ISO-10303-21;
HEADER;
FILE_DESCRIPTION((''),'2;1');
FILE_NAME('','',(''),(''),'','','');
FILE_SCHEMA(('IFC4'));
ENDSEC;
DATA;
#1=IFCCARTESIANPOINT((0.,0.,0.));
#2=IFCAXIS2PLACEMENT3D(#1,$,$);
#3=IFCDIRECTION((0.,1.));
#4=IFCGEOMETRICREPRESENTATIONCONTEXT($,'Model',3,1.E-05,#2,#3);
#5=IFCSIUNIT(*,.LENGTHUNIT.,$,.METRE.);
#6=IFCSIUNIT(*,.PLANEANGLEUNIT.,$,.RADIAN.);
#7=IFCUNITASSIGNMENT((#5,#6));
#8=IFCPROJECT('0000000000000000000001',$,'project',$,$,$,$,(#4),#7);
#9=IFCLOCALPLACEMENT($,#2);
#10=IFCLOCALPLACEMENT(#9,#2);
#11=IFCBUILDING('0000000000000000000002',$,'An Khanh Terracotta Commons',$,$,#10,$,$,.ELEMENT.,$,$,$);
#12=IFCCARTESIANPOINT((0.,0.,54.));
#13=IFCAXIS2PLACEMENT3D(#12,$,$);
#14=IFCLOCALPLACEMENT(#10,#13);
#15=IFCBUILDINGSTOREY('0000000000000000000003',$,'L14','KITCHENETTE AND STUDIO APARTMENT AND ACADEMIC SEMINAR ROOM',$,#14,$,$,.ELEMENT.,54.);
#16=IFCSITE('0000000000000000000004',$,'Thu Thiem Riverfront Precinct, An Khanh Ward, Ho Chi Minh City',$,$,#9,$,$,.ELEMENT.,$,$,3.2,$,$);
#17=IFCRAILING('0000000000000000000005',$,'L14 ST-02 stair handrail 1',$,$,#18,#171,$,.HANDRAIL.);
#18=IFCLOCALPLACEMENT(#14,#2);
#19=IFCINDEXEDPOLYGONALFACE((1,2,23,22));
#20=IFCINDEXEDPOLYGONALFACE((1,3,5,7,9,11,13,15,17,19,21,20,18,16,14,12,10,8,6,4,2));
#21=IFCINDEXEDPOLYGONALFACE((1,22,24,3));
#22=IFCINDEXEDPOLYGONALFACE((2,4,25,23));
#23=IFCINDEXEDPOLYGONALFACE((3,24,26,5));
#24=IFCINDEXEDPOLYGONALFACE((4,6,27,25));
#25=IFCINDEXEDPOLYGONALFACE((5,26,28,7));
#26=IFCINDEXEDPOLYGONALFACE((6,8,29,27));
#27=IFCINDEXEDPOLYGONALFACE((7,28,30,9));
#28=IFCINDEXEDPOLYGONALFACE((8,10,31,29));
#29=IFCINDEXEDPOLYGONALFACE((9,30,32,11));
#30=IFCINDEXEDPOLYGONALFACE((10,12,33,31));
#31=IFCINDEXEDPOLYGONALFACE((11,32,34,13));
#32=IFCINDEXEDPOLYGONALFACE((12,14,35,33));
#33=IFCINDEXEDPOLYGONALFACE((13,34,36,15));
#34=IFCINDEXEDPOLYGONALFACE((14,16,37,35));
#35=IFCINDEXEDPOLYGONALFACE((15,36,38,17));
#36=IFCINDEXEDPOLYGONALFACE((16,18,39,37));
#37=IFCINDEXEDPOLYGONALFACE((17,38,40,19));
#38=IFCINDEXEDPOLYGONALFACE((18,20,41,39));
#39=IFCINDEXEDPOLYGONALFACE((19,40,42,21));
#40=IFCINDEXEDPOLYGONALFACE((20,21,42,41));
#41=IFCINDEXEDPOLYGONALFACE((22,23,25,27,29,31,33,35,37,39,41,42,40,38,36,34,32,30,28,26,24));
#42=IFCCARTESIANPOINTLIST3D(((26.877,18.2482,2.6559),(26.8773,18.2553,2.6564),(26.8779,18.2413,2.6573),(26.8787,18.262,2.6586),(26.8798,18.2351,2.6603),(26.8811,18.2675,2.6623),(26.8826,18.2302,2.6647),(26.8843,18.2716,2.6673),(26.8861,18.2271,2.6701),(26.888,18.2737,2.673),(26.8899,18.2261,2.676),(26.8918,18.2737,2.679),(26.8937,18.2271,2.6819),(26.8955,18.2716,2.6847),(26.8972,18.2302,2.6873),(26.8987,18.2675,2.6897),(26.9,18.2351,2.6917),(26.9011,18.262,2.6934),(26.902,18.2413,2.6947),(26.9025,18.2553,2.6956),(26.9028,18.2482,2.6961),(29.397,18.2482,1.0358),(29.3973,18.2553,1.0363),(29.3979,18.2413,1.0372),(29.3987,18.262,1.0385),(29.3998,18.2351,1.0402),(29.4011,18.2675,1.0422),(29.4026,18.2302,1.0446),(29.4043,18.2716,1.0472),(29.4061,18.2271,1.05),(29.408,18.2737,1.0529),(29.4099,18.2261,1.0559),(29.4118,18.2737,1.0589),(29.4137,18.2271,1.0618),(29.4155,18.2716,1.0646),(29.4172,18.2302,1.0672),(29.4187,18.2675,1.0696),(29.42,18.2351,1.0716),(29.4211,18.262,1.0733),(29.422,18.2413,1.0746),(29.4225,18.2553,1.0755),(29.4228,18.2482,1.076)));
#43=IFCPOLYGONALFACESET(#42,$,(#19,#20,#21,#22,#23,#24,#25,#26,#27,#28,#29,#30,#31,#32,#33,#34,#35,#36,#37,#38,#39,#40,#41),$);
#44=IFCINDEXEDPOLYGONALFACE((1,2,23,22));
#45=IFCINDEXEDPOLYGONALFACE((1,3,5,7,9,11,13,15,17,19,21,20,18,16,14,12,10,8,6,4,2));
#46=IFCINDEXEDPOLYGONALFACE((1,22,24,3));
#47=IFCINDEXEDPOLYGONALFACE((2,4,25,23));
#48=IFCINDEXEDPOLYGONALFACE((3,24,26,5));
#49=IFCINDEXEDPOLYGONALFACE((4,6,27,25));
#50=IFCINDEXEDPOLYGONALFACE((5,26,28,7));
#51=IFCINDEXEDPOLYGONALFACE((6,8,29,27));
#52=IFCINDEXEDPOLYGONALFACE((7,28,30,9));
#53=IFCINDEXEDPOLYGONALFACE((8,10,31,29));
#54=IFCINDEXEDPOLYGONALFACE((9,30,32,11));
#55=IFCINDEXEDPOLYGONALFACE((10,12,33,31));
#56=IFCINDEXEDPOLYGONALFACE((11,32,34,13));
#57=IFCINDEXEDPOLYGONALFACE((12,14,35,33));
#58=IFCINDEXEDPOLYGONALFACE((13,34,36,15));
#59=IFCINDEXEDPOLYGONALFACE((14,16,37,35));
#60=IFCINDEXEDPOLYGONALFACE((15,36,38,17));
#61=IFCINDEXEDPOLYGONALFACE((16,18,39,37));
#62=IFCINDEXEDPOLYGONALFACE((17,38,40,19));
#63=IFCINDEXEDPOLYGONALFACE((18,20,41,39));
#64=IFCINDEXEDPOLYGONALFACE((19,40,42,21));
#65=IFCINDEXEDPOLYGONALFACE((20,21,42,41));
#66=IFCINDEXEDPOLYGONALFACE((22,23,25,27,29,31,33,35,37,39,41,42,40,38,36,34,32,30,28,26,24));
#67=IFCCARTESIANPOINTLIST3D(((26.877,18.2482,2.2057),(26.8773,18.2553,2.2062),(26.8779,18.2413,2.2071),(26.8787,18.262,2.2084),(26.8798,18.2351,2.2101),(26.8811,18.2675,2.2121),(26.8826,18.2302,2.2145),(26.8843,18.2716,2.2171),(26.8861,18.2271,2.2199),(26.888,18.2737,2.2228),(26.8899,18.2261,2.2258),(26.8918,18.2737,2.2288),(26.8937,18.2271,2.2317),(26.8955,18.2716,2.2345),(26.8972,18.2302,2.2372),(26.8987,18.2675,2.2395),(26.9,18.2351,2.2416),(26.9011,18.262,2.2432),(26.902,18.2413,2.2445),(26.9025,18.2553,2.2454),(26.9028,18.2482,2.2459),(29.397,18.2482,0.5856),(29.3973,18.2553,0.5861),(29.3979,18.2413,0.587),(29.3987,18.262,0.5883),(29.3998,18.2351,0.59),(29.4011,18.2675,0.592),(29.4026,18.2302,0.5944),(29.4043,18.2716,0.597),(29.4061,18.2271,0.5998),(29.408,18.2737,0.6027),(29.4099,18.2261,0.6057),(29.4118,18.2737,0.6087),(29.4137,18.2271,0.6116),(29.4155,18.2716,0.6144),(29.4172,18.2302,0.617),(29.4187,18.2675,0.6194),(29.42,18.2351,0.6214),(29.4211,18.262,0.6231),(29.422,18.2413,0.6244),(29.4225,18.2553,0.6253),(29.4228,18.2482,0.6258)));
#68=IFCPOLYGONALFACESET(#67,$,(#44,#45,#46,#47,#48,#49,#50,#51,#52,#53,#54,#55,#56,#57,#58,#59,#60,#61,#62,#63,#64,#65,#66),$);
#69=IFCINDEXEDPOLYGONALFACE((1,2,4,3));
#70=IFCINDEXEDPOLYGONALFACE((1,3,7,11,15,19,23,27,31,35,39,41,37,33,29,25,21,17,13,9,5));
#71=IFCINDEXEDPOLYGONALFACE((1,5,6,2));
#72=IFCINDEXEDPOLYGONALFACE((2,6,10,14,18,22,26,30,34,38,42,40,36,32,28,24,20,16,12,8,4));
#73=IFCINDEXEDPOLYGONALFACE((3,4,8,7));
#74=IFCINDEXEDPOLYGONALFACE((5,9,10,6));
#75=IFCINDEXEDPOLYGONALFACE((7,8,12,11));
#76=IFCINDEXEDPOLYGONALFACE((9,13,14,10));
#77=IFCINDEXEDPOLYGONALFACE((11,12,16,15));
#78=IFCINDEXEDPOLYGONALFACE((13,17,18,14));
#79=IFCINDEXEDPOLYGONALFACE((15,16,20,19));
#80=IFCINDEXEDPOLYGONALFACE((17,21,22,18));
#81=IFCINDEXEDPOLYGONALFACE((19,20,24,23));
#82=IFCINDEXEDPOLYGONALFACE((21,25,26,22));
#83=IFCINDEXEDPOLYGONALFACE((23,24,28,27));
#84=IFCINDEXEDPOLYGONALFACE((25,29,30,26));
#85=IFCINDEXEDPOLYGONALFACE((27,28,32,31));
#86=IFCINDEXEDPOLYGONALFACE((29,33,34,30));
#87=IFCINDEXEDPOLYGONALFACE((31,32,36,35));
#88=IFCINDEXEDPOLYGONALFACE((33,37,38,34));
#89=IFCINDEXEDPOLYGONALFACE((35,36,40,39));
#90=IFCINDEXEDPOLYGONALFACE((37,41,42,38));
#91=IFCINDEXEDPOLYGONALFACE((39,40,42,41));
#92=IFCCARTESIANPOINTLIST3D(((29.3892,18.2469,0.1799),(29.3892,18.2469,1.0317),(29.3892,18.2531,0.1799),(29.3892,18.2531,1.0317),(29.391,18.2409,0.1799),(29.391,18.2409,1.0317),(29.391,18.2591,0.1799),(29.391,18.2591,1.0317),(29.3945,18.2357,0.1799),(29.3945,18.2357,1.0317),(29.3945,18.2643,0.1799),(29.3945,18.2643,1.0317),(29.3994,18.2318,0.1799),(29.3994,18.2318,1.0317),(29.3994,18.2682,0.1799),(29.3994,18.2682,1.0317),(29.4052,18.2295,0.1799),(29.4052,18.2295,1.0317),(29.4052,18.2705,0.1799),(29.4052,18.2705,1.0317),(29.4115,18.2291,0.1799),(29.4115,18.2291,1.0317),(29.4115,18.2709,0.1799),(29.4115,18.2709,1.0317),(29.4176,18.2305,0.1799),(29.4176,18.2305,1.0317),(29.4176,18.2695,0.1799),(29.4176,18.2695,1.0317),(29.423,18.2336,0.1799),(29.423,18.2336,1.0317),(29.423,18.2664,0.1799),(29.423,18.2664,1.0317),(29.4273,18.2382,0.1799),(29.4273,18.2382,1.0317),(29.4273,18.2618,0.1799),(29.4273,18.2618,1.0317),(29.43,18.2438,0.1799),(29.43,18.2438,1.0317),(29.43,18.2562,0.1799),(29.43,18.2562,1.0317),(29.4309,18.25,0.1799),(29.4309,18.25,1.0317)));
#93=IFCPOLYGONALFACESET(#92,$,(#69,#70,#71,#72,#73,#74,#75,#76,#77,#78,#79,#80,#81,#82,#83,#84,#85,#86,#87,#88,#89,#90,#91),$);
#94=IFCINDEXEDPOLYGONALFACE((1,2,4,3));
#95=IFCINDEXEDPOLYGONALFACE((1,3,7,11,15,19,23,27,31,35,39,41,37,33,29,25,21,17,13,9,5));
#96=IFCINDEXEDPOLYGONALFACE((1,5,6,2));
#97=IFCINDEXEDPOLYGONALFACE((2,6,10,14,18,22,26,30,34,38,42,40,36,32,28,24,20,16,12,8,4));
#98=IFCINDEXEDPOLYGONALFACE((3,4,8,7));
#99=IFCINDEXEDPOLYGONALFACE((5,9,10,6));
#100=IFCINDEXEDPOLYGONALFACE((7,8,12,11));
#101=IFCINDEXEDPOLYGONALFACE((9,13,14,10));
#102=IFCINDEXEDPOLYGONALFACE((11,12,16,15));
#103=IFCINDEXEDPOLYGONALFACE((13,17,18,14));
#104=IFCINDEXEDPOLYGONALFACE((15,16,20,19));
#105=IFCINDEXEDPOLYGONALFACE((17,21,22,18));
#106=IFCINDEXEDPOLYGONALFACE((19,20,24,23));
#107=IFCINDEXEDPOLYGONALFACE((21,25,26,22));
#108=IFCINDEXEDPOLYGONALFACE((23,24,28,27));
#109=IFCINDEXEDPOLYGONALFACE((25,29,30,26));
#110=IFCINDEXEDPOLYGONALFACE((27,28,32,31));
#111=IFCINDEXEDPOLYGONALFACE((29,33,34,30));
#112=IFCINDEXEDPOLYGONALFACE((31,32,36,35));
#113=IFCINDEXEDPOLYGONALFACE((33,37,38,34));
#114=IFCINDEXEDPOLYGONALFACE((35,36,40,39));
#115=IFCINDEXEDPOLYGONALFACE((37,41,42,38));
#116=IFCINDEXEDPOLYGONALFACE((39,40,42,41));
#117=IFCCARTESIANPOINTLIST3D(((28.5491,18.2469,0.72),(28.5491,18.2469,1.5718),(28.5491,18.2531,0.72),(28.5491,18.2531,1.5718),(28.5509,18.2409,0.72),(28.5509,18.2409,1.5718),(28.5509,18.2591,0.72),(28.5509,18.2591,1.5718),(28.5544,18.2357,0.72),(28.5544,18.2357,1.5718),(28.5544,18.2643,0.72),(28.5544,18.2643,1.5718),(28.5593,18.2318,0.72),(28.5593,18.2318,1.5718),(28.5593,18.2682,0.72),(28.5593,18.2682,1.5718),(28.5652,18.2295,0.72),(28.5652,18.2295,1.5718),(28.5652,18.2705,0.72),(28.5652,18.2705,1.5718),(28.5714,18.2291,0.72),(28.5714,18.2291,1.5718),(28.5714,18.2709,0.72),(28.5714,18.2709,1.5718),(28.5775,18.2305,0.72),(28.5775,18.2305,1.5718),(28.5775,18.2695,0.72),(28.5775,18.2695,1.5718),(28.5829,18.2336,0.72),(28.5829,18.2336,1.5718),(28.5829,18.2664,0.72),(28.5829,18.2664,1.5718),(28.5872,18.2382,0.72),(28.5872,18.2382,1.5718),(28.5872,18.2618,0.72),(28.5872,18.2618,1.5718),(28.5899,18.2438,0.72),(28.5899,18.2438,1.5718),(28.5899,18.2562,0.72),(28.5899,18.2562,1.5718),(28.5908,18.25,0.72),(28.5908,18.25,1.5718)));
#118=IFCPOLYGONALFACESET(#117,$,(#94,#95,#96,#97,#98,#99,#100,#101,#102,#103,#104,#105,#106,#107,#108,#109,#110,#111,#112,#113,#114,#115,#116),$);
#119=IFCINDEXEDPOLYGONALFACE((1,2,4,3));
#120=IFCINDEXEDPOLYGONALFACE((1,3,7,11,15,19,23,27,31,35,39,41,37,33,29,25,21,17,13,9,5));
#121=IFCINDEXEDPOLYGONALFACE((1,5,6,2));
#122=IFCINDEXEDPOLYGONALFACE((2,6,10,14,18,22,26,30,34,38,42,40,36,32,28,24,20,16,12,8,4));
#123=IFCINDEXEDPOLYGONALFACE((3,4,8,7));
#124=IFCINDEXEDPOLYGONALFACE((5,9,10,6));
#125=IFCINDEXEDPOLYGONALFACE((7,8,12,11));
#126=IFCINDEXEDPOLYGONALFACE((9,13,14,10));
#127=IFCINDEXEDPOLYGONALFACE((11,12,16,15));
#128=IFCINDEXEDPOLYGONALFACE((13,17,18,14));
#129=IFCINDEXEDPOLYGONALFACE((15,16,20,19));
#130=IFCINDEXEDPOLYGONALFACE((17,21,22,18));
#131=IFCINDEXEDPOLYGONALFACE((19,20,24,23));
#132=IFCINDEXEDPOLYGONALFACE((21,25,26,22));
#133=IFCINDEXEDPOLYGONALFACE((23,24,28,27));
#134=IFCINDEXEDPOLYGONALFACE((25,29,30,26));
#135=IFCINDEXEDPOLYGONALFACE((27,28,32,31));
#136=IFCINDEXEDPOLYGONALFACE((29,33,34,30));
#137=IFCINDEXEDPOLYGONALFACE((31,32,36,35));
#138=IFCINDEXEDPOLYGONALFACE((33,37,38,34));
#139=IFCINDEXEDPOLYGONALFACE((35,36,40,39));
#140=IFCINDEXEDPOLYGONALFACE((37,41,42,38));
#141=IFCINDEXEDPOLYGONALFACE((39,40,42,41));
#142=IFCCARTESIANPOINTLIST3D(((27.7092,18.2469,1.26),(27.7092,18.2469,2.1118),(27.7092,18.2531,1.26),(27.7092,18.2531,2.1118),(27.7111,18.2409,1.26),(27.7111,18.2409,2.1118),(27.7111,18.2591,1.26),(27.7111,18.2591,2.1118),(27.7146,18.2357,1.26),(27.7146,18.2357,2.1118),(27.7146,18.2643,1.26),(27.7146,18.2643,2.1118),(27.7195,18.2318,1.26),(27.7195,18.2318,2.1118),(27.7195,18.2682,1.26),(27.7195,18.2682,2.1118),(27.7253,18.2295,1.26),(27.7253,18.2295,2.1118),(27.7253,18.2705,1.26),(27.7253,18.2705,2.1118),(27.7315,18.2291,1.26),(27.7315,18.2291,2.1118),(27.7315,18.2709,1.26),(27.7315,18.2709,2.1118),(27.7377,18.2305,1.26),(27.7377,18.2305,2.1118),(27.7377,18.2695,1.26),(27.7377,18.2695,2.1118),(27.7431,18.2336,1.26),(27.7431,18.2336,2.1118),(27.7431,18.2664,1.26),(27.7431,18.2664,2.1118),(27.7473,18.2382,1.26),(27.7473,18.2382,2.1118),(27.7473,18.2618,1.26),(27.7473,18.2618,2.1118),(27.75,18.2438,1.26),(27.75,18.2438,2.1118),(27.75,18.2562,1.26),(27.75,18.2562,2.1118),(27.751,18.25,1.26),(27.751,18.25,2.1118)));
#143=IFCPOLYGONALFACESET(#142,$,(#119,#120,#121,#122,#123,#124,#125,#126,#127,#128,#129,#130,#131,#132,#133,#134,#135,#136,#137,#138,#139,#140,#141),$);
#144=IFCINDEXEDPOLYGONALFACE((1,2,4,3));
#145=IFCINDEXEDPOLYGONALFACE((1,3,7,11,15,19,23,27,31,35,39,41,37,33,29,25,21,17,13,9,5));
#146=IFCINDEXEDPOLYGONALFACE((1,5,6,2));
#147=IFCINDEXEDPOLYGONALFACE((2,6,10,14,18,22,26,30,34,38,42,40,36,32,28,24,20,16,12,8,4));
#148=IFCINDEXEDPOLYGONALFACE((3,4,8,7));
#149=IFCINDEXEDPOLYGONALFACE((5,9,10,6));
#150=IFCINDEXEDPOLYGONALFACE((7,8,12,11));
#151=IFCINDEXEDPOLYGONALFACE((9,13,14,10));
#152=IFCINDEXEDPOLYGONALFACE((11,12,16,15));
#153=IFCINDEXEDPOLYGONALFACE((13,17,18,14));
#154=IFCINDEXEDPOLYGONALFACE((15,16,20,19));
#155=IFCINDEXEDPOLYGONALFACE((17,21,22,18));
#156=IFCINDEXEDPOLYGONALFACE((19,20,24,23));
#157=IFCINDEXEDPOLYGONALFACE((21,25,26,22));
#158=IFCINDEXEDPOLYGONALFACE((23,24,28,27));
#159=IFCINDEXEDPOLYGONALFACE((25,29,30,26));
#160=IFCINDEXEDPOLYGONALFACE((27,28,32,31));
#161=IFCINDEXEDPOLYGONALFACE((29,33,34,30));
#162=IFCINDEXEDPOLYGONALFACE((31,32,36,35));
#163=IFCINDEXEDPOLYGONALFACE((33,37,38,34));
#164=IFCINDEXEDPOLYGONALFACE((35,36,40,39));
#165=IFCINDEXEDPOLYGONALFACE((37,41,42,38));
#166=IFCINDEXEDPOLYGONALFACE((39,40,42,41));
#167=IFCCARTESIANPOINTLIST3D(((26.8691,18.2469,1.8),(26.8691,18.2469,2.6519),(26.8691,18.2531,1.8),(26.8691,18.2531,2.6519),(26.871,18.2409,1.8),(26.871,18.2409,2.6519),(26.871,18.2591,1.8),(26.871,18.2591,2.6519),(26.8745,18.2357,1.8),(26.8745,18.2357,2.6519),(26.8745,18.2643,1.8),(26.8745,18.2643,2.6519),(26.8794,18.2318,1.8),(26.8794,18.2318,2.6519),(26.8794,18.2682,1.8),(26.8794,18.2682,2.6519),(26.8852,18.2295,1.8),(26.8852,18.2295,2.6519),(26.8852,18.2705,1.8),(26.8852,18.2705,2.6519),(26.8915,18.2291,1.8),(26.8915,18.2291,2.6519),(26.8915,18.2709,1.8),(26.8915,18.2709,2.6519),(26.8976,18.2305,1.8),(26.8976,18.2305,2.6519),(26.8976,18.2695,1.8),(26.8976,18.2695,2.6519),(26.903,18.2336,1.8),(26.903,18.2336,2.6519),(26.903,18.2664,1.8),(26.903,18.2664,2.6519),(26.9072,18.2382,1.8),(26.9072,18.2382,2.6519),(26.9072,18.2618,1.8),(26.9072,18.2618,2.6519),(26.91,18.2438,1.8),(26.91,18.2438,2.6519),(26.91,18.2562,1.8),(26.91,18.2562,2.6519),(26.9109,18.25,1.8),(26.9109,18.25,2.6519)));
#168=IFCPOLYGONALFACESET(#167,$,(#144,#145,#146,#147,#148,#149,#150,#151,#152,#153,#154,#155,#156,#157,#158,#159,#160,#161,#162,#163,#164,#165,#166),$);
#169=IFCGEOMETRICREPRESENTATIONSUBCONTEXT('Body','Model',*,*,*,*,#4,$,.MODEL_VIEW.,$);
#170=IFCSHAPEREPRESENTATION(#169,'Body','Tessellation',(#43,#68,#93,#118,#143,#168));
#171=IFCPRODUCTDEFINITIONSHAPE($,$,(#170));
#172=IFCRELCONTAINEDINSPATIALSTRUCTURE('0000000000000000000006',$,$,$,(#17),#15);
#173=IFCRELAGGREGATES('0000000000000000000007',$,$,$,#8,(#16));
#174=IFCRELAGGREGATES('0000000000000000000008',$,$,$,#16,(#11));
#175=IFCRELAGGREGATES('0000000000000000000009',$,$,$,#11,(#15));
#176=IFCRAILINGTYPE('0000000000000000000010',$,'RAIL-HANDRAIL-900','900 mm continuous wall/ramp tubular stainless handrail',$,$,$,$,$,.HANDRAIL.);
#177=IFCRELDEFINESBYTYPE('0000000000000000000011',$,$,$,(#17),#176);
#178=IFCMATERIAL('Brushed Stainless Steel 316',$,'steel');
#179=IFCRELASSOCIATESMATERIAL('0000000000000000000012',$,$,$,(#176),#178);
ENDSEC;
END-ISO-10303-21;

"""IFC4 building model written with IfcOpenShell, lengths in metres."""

from ifc_helpers import new_model, si_unit, direction, frame, origin, origin_2d, place, context, subcontext, project, spatial, circle, extrude, material, type_object, element, save


model = new_model("IFC4")

# Units and contexts
model_context = context("Model", 3, precision=1e-05, world=origin(), true_north=direction((0.0, 1.0)))
body_context = subcontext(model_context, "Body", "Model", "MODEL_VIEW")
ifc_project = project(units=[si_unit("LENGTHUNIT", "METRE"), si_unit("PLANEANGLEUNIT", "RADIAN")], contexts=[model_context])

# Site, building, storey
site_placement = place(None, origin())
site = spatial("IfcSite", under=ifc_project, at=site_placement, Name="Thu Thiem Riverfront Precinct, An Khanh Ward, Ho Chi Minh City", CompositionType="ELEMENT", RefElevation=3.2)
building_placement = place(site_placement, origin())
building = spatial("IfcBuilding", under=site, at=building_placement, Name="An Khanh Terracotta Commons", CompositionType="ELEMENT")
storey_placement = place(building_placement, frame((0.0, 0.0, 54.0)))
storey = spatial("IfcBuildingStorey", under=building, at=storey_placement, Name="L14", Description="KITCHENETTE AND STUDIO APARTMENT AND ACADEMIC SEMINAR ROOM", CompositionType="ELEMENT", Elevation=54.0)

# Railing
ifc_material_1 = material(Name="Brushed Stainless Steel 316", Category="steel")
railing_type = type_object("IfcRailingType", Name="RAIL-HANDRAIL-900", Description="900 mm continuous wall/ramp tubular stainless handrail", PredefinedType="HANDRAIL", material=ifc_material_1)
railing_placement = place(storey_placement, frame((29.4099, 18.25, 0.1799)))
element("IfcRailing", 1, at=railing_placement, inside=storey, type_object=railing_type, Name="L14 ST-02 stair handrail 1", PredefinedType="HANDRAIL", context=body_context, shape_type="SweptSolid", body=[
    extrude(circle(Radius=0.0239, at=origin_2d()), frame((0.0, 0.0, 0.876), z_axis=(-0.841163, 0.0, 0.540782), x_axis=(0.0, -1.0, 0.0)), (0.0, 0.0, 1.0), 2.9958),
    extrude(circle(Radius=0.0239, at=origin_2d()), frame((0.0, 0.0, 0.4258), z_axis=(-0.841163, 0.0, 0.540782), x_axis=(0.0, -1.0, 0.0)), (0.0, 0.0, 1.0), 2.9958),
    extrude(circle(Radius=0.021, at=origin_2d()), origin(), (0.0, 0.0, 1.0), 0.8518),
    extrude(circle(Radius=0.021, at=origin_2d()), frame((-0.8401, 0.0, 0.54)), (0.0, 0.0, 1.0), 0.8518),
    extrude(circle(Radius=0.021, at=origin_2d()), frame((-1.6799, 0.0, 1.0801)), (0.0, 0.0, 1.0), 0.8518),
    extrude(circle(Radius=0.021, at=origin_2d()), frame((-2.52, 0.0, 1.6201)), (0.0, 0.0, 1.0), 0.8518),
])

save(model, "model.ifc")
